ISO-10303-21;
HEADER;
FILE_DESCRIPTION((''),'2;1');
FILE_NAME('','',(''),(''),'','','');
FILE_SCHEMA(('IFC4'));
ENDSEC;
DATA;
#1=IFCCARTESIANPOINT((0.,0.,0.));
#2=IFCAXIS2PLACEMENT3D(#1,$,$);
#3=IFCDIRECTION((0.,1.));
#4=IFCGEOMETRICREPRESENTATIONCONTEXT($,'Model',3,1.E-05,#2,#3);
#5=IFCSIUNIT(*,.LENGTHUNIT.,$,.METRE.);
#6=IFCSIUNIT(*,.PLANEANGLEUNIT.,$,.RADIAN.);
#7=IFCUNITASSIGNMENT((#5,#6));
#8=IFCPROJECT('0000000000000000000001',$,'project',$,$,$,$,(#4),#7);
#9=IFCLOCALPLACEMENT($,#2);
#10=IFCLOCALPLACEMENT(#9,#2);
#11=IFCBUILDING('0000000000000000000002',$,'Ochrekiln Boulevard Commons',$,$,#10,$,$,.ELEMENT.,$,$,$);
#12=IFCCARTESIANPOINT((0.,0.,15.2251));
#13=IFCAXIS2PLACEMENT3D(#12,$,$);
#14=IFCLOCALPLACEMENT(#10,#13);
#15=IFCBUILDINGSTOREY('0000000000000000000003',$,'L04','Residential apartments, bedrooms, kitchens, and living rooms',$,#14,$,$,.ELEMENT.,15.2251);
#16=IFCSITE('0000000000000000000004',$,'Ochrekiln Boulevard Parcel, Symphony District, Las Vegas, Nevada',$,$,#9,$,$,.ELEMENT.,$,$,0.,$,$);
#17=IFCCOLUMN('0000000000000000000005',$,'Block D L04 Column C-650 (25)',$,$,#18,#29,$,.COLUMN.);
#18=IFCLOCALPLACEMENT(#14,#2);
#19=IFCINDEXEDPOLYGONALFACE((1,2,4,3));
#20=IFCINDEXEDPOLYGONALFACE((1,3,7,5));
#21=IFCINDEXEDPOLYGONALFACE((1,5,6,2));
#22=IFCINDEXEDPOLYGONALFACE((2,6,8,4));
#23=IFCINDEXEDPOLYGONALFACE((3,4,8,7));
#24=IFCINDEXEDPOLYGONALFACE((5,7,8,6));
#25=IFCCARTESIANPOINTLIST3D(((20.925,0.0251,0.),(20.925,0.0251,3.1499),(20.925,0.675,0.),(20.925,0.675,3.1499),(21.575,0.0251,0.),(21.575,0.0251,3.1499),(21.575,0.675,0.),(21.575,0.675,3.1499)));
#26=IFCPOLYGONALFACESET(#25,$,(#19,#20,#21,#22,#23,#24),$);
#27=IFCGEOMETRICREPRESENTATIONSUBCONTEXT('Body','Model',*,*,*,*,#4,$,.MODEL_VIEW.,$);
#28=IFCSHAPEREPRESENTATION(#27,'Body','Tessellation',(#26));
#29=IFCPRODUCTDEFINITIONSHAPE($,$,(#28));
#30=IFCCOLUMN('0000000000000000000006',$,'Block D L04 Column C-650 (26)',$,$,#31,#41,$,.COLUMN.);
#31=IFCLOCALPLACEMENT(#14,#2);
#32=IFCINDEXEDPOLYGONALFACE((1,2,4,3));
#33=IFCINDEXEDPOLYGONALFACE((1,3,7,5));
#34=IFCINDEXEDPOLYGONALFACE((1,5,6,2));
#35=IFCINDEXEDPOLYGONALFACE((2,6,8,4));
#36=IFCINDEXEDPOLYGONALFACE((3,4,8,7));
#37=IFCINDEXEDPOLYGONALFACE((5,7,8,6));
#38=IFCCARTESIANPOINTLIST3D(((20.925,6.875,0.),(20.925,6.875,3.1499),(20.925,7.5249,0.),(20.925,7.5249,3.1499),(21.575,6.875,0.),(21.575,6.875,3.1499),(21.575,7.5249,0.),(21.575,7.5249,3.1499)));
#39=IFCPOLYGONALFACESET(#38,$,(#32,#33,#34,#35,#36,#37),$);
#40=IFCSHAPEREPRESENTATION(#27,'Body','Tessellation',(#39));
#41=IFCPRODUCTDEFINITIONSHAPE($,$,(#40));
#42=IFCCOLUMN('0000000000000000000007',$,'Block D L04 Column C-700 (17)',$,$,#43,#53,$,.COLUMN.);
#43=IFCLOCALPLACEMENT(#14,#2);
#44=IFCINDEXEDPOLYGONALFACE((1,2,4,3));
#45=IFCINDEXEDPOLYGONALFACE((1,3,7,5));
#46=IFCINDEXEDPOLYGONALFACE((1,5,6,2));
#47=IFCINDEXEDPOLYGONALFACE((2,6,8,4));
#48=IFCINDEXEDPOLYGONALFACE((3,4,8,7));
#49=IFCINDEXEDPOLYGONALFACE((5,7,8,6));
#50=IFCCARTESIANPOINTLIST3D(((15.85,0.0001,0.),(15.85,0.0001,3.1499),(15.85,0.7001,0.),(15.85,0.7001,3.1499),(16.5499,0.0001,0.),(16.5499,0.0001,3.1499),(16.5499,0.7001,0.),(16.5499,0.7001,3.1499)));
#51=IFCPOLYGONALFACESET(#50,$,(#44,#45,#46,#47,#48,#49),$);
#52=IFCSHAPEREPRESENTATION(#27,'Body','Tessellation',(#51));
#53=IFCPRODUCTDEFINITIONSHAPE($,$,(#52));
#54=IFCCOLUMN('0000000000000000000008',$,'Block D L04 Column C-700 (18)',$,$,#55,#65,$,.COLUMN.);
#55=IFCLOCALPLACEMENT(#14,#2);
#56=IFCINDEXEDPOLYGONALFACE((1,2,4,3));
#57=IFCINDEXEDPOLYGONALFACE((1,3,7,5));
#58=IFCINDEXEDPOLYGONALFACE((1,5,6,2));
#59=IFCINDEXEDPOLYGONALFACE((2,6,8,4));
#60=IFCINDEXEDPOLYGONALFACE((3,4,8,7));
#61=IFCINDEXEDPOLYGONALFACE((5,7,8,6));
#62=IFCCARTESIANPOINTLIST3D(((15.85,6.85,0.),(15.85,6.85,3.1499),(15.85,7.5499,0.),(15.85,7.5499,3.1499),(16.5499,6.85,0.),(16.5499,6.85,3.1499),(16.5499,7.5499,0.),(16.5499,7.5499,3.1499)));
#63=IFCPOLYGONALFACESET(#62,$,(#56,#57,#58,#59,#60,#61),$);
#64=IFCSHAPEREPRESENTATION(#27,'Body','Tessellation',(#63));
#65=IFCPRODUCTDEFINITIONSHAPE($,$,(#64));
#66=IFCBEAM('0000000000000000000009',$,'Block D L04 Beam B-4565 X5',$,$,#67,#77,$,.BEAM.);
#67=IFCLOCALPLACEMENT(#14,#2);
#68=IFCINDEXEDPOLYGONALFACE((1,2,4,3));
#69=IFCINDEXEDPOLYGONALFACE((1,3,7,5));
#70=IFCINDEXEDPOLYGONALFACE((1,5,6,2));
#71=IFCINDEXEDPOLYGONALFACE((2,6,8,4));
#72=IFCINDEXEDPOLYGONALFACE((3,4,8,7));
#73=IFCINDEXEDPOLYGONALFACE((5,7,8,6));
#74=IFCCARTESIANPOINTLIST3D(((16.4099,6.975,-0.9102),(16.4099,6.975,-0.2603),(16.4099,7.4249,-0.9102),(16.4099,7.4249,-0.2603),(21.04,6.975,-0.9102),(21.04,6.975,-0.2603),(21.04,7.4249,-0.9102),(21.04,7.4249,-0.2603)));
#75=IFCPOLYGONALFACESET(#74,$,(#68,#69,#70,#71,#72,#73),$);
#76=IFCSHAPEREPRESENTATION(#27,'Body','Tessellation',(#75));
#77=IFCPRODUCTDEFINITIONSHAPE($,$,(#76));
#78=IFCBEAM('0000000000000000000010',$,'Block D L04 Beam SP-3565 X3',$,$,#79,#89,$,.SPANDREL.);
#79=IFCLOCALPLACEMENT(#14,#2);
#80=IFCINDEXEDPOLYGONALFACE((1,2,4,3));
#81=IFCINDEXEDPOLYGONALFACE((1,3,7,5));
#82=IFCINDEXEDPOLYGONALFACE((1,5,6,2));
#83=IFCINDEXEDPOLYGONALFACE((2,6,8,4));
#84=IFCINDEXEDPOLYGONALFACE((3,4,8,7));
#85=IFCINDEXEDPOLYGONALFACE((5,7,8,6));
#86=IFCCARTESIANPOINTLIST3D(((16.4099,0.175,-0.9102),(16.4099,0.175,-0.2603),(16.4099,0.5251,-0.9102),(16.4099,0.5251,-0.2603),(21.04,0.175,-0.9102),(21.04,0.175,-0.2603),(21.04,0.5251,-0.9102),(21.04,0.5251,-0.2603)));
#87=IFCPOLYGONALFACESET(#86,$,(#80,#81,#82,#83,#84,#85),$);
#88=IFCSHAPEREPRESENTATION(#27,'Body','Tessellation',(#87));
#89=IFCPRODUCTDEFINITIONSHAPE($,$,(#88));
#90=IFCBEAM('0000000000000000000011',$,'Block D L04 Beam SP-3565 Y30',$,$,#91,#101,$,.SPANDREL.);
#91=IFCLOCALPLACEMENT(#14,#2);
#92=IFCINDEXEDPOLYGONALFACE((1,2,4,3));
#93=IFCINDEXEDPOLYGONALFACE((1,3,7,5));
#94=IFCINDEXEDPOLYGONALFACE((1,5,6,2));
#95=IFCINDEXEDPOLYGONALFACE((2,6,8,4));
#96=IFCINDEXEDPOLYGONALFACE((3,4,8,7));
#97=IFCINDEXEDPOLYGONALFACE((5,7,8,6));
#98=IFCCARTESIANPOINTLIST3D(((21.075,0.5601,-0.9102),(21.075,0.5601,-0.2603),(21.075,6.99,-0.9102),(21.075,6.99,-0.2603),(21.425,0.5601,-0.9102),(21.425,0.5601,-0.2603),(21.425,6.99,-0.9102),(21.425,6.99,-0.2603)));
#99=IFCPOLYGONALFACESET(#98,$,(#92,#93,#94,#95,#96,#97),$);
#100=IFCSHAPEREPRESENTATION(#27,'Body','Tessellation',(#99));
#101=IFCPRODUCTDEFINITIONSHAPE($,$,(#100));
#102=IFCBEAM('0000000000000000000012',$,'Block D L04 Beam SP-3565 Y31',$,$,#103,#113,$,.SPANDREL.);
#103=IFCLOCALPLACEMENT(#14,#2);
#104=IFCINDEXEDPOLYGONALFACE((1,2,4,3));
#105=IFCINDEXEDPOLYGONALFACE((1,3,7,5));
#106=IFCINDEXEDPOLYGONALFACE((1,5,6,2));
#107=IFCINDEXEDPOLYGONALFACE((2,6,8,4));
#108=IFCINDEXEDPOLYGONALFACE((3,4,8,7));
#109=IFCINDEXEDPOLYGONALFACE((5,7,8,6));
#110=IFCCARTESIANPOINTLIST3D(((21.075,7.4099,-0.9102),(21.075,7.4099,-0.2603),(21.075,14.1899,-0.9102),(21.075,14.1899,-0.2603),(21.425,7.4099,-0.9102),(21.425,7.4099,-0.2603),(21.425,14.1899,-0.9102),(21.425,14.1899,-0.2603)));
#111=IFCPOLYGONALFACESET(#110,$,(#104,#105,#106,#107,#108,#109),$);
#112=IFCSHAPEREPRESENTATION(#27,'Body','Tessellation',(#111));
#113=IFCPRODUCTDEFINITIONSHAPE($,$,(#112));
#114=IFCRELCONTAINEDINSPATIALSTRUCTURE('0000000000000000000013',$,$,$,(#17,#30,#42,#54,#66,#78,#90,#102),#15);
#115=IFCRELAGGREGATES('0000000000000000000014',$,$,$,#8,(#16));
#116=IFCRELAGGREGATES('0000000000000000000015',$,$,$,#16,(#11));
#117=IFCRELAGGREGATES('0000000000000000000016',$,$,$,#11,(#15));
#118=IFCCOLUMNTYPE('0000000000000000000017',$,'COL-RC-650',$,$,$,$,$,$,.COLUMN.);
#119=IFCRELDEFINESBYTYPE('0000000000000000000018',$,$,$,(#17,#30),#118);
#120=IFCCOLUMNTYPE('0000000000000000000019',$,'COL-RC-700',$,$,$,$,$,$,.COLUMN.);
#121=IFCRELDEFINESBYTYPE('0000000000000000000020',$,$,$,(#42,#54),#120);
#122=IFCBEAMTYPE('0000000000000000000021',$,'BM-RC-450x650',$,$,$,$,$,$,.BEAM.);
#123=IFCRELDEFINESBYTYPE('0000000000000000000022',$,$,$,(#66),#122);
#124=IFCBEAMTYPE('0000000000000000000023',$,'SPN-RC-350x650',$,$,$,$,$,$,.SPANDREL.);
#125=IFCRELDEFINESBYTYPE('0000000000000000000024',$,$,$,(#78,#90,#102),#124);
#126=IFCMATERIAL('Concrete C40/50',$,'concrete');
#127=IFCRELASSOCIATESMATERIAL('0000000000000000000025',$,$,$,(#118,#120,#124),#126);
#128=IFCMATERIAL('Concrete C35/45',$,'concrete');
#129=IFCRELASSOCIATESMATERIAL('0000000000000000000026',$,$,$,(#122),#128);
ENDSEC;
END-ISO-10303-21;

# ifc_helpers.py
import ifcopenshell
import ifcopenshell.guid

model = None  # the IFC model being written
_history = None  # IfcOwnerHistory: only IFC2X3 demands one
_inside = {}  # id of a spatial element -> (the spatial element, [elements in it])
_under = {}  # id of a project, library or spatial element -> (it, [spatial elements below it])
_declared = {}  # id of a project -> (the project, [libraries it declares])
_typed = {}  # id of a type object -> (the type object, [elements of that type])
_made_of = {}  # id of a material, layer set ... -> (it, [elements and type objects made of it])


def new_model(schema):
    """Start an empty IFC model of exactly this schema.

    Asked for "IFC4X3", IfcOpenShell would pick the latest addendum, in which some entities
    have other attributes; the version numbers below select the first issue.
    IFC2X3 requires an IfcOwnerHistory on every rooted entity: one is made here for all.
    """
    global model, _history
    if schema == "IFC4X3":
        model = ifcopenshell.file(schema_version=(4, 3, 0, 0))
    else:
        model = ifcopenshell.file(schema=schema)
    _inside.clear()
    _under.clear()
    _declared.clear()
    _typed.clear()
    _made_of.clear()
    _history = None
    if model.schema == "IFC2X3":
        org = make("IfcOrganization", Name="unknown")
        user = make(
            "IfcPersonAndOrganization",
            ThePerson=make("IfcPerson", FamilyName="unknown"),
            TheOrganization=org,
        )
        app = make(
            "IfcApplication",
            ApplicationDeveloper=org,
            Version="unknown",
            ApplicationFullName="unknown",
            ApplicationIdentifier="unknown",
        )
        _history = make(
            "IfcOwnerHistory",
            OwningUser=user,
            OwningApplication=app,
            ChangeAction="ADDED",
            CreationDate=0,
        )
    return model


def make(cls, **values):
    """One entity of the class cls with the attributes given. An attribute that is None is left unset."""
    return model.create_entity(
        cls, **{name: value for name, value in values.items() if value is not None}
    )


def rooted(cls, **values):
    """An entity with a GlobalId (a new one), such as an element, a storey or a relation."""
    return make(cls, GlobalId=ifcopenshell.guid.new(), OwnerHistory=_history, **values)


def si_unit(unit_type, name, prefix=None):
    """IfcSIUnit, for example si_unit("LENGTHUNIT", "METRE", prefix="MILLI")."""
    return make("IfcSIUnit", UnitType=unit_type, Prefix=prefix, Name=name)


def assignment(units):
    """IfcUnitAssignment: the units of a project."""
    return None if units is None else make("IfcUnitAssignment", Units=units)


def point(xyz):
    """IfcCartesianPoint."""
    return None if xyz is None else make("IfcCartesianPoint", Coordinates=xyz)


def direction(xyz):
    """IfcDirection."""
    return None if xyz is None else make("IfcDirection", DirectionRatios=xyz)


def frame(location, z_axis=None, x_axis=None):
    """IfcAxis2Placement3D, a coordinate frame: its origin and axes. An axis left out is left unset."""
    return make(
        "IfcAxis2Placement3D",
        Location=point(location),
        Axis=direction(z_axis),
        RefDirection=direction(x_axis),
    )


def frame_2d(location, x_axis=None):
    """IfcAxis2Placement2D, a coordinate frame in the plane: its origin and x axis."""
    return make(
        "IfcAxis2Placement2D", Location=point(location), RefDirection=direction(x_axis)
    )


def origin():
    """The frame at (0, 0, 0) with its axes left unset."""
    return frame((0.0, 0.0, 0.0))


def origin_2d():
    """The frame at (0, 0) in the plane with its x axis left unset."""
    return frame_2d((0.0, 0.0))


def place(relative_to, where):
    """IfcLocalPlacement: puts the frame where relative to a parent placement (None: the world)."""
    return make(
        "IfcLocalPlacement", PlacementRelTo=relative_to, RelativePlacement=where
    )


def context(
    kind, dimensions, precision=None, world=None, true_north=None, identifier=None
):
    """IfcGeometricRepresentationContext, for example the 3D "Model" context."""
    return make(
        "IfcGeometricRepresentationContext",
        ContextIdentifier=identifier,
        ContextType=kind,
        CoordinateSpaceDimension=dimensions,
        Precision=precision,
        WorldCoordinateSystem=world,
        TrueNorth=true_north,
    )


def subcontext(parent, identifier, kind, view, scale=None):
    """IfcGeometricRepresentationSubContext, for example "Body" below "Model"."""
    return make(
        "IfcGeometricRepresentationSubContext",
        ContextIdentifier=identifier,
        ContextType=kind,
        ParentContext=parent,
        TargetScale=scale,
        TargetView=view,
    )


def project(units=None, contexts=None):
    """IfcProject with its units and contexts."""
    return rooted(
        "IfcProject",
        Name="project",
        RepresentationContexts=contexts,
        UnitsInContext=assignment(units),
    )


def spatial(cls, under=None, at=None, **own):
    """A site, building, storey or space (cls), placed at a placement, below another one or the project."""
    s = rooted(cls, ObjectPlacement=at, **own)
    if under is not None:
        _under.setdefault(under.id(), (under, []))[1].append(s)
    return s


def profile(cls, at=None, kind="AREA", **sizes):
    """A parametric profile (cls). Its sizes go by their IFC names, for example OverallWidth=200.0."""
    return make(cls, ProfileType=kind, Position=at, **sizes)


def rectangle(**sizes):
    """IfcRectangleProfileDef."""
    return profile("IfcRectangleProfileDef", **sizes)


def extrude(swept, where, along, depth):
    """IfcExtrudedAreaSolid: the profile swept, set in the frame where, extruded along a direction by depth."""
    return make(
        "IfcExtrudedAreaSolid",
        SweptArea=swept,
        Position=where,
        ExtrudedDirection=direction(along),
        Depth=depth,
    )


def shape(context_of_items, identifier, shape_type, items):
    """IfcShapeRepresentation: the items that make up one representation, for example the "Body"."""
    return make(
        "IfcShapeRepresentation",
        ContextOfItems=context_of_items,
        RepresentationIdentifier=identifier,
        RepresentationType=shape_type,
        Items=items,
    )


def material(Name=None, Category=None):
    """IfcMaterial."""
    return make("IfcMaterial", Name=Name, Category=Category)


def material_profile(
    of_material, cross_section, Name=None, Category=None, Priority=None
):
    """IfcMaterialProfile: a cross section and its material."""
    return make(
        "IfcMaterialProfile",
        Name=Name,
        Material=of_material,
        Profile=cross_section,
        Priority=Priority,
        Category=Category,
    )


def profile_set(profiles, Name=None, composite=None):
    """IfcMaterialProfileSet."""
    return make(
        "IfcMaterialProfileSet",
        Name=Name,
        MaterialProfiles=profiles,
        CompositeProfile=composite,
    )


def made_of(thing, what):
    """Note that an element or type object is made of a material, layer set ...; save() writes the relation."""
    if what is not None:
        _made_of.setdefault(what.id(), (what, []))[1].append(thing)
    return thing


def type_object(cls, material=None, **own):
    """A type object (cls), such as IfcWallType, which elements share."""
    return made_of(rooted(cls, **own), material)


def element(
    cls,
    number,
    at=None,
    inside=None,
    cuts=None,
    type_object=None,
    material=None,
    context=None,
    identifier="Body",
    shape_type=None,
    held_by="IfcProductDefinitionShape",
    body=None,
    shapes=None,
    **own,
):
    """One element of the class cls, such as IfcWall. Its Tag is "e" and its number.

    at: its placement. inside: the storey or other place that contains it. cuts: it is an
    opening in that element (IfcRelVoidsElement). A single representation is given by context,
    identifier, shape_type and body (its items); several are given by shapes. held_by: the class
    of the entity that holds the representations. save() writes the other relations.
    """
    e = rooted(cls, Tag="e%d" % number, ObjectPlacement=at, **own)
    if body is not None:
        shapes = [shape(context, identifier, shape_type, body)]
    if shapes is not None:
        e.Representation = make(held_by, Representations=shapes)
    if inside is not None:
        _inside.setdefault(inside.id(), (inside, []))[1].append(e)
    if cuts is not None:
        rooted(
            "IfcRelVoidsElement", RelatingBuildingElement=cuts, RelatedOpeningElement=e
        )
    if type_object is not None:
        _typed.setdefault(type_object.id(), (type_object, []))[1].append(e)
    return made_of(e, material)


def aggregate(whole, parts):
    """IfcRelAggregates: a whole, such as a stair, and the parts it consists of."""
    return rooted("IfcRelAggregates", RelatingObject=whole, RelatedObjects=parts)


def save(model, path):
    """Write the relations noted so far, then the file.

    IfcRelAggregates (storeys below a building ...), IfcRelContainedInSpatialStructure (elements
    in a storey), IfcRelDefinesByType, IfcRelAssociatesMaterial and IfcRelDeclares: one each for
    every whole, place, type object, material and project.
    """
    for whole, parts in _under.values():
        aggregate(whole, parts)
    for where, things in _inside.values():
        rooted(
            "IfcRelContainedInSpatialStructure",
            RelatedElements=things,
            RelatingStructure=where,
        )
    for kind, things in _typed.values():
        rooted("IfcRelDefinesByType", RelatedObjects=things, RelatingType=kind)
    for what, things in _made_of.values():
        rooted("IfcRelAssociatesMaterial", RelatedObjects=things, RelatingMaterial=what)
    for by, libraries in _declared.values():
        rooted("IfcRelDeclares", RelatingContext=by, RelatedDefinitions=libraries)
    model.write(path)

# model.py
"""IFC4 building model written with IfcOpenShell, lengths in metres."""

from ifc_helpers import new_model, si_unit, direction, frame, origin, origin_2d, place, context, subcontext, project, spatial, rectangle, extrude, material, material_profile, profile_set, type_object, element, save


model = new_model("IFC4")

# Units and contexts
model_context = context("Model", 3, precision=1e-05, world=origin(), true_north=direction((0.0, 1.0)))
body_context = subcontext(model_context, "Body", "Model", "MODEL_VIEW")
ifc_project = project(units=[si_unit("LENGTHUNIT", "METRE"), si_unit("PLANEANGLEUNIT", "RADIAN")], contexts=[model_context])

# Site, building, storey
site_placement = place(None, origin())
site = spatial("IfcSite", under=ifc_project, at=site_placement, Name="Ochrekiln Boulevard Parcel, Symphony District, Las Vegas, Nevada", CompositionType="ELEMENT", RefElevation=0.0)
building_placement = place(site_placement, origin())
building = spatial("IfcBuilding", under=site, at=building_placement, Name="Ochrekiln Boulevard Commons", CompositionType="ELEMENT")
storey_placement = place(building_placement, frame((0.0, 0.0, 15.2251)))
storey = spatial("IfcBuildingStorey", under=building, at=storey_placement, Name="L04", Description="Residential apartments, bedrooms, kitchens, and living rooms", CompositionType="ELEMENT", Elevation=15.2251)

# Columns
ifc_material_1 = material(Name="Concrete C40/50", Category="concrete")
ifc_material_profile_1 = material_profile(ifc_material_1, rectangle(XDim=0.6499, YDim=0.6499, at=origin_2d()), Name="RC-COL-650x650")
ifc_profile_set_1 = profile_set([ifc_material_profile_1], Name="Concrete C40/50")
column_type_1 = type_object("IfcColumnType", Name="COL-RC-650", PredefinedType="COLUMN", material=ifc_profile_set_1)
for number, where, z_axis, x_axis, name in (
    (1, (21.25, 0.3501, 0.0), (0.0, 0.0, 1.0), (1.0, 0.0, 0.0), "Block D L04 Column C-650 (25)"),
    (2, (21.25, 7.2, 0.0), (0.0, 0.0, 1.0), (1.0, 0.0, 0.0), "Block D L04 Column C-650 (26)"),
):
    element("IfcColumn", number, at=place(storey_placement, frame(where, z_axis=z_axis, x_axis=x_axis)), inside=storey, type_object=column_type_1, Name=name, PredefinedType="COLUMN", context=body_context, shape_type="SweptSolid", body=[
        extrude(rectangle(XDim=0.6499, YDim=0.6499, at=origin_2d()), origin(), (0.0, 0.0, 1.0), 3.1499),
    ])
ifc_material_profile_2 = material_profile(ifc_material_1, rectangle(XDim=0.7, YDim=0.7, at=origin_2d()), Name="RC-COL-700x700")
ifc_profile_set_2 = profile_set([ifc_material_profile_2], Name="Concrete C40/50")
column_type_2 = type_object("IfcColumnType", Name="COL-RC-700", PredefinedType="COLUMN", material=ifc_profile_set_2)
for number, where, z_axis, x_axis, name in (
    (3, (16.2, 0.3501, 0.0), (0.0, 0.0, 1.0), (1.0, 0.0, 0.0), "Block D L04 Column C-700 (17)"),
    (4, (16.2, 7.2, 0.0), (0.0, 0.0, 1.0), (1.0, 0.0, 0.0), "Block D L04 Column C-700 (18)"),
):
    element("IfcColumn", number, at=place(storey_placement, frame(where, z_axis=z_axis, x_axis=x_axis)), inside=storey, type_object=column_type_2, Name=name, PredefinedType="COLUMN", context=body_context, shape_type="SweptSolid", body=[
        extrude(rectangle(XDim=0.7, YDim=0.7, at=origin_2d()), origin(), (0.0, 0.0, 1.0), 3.1499),
    ])

# Beams
ifc_material_2 = material(Name="Concrete C35/45", Category="concrete")
ifc_material_profile_3 = material_profile(ifc_material_2, rectangle(XDim=0.45, YDim=0.6499, at=origin_2d()), Name="RC-BM-450x650")
ifc_profile_set_3 = profile_set([ifc_material_profile_3], Name="Concrete C35/45")
beam_type_1 = type_object("IfcBeamType", Name="BM-RC-450x650", PredefinedType="BEAM", material=ifc_profile_set_3)
beam_1_placement = place(storey_placement, frame((16.4099, 7.2, -0.5852), z_axis=(1.0, 0.0, 0.0), x_axis=(0.0, 1.0, 0.0)))
element("IfcBeam", 5, at=beam_1_placement, inside=storey, type_object=beam_type_1, Name="Block D L04 Beam B-4565 X5", PredefinedType="BEAM", context=body_context, shape_type="SweptSolid", body=[
    extrude(rectangle(XDim=0.45, YDim=0.6499, at=origin_2d()), origin(), (0.0, 0.0, 1.0), 4.6301),
])
ifc_material_profile_4 = material_profile(ifc_material_1, rectangle(XDim=0.3501, YDim=0.6499, at=origin_2d()), Name="RC-SPN-350x650")
ifc_profile_set_4 = profile_set([ifc_material_profile_4], Name="Concrete C40/50")
beam_type_2 = type_object("IfcBeamType", Name="SPN-RC-350x650", PredefinedType="SPANDREL", material=ifc_profile_set_4)
beam_2_placement = place(storey_placement, frame((16.4099, 0.3501, -0.5852), z_axis=(1.0, 0.0, 0.0), x_axis=(0.0, 1.0, 0.0)))
element("IfcBeam", 6, at=beam_2_placement, inside=storey, type_object=beam_type_2, Name="Block D L04 Beam SP-3565 X3", PredefinedType="SPANDREL", context=body_context, shape_type="SweptSolid", body=[
    extrude(rectangle(XDim=0.3501, YDim=0.6499, at=origin_2d()), origin(), (0.0, 0.0, 1.0), 4.6301),
])
beam_3_placement = place(storey_placement, frame((21.25, 0.5601, -0.5852), z_axis=(0.0, 1.0, 0.0), x_axis=(-1.0, 0.0, 0.0)))
element("IfcBeam", 7, at=beam_3_placement, inside=storey, type_object=beam_type_2, Name="Block D L04 Beam SP-3565 Y30", PredefinedType="SPANDREL", context=body_context, shape_type="SweptSolid", body=[
    extrude(rectangle(XDim=0.3501, YDim=0.6499, at=origin_2d()), origin(), (0.0, 0.0, 1.0), 6.4299),
])
beam_4_placement = place(storey_placement, frame((21.25, 7.4099, -0.5852), z_axis=(0.0, 1.0, 0.0), x_axis=(-1.0, 0.0, 0.0)))
element("IfcBeam", 8, at=beam_4_placement, inside=storey, type_object=beam_type_2, Name="Block D L04 Beam SP-3565 Y31", PredefinedType="SPANDREL", context=body_context, shape_type="SweptSolid", body=[
    extrude(rectangle(XDim=0.3501, YDim=0.6499, at=origin_2d()), origin(), (0.0, 0.0, 1.0), 6.78),
])

save(model, "model.ifc")
